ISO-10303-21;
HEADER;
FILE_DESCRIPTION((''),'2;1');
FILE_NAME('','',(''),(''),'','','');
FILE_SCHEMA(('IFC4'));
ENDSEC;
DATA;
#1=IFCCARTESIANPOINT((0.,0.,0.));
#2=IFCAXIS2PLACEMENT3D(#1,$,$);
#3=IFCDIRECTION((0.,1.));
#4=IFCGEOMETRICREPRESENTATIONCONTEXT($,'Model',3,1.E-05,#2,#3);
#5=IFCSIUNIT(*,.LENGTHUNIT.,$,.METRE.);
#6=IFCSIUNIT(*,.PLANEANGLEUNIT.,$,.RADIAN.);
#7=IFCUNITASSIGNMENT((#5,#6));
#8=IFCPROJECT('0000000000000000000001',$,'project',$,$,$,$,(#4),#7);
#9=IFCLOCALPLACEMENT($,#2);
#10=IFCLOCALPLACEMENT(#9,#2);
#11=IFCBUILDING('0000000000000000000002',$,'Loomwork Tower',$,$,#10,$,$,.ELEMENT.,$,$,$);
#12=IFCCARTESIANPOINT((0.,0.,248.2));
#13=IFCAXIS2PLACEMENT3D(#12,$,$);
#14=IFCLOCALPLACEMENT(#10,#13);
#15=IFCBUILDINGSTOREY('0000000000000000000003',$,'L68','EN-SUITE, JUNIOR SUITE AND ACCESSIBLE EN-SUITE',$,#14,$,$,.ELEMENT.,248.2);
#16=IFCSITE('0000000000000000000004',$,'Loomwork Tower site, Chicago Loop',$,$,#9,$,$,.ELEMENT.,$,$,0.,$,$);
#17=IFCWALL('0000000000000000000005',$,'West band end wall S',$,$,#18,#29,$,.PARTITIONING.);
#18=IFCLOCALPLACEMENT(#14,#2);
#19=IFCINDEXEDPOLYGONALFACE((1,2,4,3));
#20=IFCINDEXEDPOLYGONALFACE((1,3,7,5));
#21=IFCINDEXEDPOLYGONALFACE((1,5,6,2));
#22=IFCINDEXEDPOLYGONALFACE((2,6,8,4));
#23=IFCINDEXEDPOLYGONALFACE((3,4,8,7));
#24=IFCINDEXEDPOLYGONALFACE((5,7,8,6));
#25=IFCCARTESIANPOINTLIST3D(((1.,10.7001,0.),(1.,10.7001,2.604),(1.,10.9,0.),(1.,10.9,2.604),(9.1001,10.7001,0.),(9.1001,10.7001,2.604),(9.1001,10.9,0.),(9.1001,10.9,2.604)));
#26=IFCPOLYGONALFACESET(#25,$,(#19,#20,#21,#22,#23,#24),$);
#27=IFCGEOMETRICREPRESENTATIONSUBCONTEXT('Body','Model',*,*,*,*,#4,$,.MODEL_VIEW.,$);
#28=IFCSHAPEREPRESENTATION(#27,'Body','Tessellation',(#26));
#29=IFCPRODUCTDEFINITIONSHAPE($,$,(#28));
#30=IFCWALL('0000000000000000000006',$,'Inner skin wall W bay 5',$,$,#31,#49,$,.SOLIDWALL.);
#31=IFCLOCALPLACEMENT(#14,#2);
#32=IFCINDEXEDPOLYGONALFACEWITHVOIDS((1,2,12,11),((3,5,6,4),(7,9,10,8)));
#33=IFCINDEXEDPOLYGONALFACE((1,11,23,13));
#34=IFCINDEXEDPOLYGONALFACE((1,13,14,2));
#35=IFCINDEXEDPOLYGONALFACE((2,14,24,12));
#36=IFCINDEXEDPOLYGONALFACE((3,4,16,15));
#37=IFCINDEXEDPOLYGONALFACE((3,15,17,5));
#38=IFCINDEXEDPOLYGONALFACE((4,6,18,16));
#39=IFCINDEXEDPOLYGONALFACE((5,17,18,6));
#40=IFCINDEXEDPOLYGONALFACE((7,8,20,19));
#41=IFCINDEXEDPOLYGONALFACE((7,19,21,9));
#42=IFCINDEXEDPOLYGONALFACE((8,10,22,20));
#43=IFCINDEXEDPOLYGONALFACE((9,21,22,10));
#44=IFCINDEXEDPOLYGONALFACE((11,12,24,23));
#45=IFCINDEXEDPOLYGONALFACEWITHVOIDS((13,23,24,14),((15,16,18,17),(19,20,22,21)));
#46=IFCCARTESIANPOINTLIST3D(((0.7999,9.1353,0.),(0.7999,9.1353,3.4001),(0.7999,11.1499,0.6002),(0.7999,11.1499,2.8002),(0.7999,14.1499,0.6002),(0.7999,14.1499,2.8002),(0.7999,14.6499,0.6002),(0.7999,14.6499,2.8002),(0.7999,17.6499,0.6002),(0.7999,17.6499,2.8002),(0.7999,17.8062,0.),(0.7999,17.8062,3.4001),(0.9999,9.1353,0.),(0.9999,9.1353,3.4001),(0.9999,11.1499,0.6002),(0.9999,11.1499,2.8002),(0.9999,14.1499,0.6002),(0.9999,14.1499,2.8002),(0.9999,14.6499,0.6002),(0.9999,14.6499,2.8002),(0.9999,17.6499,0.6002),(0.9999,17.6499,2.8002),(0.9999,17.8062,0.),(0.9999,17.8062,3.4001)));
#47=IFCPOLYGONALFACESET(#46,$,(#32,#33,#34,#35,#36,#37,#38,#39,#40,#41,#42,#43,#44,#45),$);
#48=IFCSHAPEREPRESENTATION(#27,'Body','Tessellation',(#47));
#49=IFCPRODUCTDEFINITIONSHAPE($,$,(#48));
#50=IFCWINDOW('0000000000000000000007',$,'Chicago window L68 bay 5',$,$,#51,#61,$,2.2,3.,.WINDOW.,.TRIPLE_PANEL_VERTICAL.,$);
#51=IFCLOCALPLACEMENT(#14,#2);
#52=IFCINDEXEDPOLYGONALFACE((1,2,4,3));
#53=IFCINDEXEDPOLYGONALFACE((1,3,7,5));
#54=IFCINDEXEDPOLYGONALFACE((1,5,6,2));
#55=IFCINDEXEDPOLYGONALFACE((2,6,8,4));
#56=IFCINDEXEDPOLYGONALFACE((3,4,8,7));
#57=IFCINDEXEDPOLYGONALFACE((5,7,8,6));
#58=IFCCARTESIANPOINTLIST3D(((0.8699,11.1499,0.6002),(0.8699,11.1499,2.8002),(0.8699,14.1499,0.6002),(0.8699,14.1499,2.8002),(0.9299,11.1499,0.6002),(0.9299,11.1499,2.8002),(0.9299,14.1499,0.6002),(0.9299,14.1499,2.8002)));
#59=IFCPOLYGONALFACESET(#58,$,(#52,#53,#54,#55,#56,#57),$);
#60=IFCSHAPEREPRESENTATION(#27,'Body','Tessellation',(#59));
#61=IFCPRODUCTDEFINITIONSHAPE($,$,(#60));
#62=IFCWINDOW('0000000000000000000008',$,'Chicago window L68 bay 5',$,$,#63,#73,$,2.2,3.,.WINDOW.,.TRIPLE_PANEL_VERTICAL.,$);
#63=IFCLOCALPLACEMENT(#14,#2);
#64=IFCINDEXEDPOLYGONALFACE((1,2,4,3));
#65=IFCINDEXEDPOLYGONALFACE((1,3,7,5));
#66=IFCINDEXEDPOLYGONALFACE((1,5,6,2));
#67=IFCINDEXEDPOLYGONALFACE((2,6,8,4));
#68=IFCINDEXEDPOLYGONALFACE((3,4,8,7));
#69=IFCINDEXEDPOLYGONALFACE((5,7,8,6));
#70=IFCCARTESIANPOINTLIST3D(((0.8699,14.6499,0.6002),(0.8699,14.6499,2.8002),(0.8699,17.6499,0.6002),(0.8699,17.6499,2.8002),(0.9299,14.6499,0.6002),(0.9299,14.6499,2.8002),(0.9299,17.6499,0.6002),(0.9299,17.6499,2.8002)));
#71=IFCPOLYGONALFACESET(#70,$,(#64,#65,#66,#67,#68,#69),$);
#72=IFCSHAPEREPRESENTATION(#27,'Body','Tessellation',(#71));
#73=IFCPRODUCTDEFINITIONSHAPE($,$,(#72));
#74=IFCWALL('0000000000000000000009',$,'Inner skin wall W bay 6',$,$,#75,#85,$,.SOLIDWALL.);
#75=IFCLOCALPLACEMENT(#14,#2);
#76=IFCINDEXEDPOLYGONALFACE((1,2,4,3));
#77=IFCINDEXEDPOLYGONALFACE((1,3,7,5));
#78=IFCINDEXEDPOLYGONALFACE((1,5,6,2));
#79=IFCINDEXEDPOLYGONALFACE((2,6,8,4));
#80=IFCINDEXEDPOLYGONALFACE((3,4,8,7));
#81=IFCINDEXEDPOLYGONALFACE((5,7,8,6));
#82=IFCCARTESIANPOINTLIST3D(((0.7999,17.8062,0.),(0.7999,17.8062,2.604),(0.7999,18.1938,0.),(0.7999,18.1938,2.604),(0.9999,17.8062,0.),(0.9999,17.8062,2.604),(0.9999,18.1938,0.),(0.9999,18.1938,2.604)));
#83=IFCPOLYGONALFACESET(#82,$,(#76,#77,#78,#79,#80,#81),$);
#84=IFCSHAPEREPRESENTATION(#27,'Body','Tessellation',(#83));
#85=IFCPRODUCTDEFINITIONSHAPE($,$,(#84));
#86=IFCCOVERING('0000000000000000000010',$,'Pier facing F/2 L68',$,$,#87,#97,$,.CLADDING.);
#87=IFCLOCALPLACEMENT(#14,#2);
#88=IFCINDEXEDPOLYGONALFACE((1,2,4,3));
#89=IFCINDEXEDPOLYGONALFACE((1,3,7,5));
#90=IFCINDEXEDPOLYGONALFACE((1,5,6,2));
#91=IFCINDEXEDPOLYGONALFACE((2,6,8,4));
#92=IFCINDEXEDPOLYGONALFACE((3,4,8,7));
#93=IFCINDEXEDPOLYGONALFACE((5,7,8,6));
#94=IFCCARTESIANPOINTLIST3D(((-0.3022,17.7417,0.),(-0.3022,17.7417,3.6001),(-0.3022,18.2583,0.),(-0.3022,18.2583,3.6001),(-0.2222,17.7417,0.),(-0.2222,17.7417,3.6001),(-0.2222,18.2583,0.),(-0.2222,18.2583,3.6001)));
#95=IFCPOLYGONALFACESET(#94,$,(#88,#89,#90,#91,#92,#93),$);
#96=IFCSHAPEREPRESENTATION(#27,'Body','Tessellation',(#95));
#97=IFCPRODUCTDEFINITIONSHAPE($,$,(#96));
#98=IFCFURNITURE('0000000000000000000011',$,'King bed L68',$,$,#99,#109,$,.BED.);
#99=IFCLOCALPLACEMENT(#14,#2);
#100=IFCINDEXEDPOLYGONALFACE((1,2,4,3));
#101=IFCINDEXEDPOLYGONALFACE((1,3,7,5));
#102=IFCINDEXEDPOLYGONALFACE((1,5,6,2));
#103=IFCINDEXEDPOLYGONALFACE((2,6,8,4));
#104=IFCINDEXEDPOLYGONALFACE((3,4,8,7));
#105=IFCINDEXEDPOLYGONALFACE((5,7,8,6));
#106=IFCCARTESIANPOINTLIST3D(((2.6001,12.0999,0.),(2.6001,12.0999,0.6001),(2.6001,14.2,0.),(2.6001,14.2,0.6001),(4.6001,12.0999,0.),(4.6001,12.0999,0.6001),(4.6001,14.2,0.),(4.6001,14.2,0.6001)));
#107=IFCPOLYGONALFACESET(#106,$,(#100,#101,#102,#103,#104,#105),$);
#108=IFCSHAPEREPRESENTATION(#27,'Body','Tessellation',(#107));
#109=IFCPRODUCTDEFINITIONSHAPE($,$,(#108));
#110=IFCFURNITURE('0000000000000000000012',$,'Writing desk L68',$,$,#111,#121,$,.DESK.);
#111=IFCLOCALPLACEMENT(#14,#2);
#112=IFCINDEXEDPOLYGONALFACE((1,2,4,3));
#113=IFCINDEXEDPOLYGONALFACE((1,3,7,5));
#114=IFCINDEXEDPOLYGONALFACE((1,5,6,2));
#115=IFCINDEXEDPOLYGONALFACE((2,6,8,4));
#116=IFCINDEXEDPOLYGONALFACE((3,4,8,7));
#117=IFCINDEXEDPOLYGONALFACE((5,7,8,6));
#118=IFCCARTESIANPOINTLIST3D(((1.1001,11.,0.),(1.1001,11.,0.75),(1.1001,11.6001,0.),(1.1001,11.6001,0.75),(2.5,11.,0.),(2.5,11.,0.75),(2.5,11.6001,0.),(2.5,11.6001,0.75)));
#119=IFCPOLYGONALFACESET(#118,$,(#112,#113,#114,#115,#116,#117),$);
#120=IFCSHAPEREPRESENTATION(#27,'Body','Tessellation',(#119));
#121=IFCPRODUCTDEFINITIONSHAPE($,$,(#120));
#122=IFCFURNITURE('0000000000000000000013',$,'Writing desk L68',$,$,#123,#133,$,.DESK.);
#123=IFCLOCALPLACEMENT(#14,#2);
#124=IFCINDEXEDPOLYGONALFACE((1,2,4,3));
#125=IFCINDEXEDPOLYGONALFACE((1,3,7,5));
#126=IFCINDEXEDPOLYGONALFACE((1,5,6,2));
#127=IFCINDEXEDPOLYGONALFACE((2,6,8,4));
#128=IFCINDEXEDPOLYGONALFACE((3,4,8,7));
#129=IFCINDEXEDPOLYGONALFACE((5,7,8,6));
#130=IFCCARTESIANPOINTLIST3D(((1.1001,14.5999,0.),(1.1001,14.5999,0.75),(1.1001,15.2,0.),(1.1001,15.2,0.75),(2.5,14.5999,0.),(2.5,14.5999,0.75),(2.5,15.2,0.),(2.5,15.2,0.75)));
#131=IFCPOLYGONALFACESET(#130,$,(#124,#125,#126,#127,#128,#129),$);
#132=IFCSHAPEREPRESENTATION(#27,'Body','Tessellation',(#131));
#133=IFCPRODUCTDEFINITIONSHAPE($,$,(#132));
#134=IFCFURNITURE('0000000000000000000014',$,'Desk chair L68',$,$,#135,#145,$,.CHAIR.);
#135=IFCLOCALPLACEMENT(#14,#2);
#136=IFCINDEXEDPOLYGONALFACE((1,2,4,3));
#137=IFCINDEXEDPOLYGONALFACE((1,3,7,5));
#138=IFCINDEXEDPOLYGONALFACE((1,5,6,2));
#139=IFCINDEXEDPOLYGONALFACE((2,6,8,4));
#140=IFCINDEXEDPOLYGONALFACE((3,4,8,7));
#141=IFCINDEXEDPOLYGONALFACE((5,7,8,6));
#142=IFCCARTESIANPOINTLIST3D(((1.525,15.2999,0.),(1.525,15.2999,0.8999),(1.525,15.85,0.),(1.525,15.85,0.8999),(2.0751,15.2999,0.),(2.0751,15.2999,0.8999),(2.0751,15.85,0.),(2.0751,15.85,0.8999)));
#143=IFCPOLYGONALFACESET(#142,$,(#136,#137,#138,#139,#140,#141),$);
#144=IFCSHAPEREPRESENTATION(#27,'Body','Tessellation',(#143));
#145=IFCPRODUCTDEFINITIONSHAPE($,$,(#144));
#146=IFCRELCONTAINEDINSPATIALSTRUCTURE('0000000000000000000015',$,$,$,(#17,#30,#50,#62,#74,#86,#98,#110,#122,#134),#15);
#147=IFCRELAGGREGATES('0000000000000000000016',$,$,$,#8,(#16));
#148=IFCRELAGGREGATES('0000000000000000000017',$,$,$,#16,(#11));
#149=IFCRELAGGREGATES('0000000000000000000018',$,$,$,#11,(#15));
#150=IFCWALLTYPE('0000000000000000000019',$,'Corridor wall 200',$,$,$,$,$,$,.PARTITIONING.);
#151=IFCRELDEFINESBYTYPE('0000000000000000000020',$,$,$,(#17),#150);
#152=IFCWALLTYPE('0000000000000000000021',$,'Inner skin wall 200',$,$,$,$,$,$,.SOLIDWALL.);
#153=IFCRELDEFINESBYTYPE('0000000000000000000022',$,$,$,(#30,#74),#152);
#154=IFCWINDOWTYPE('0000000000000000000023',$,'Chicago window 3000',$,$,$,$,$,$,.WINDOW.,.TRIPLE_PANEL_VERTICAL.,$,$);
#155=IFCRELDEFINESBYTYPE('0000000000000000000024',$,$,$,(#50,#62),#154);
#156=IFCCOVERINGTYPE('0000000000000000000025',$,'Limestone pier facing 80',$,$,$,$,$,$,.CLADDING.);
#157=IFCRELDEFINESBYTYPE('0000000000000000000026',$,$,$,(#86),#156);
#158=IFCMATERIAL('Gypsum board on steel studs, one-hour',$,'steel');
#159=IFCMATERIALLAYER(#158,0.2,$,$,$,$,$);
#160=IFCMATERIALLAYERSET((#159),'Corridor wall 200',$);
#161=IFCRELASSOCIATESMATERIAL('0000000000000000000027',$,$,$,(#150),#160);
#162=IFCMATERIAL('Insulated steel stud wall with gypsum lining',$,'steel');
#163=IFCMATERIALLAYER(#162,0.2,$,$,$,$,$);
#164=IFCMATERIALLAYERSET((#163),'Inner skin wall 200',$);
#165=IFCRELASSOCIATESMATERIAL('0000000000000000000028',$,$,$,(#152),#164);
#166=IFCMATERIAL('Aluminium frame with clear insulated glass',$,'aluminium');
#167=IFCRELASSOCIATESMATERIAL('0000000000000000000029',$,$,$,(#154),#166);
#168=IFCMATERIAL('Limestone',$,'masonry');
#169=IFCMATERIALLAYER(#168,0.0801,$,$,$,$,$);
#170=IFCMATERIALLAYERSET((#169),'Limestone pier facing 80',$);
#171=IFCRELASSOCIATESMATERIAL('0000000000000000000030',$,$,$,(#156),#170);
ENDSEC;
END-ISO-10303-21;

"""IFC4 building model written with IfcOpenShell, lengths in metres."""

from ifc_helpers import new_model, si_unit, direction, frame, frame_2d, origin, origin_2d, place, context, subcontext, project, spatial, rectangle, extrude, material, layer, layer_set, type_object, element, fill, save


model = new_model("IFC4")

# Units and contexts
model_context = context("Model", 3, precision=1e-05, world=origin(), true_north=direction((0.0, 1.0)))
body_context = subcontext(model_context, "Body", "Model", "MODEL_VIEW")
ifc_project = project(units=[si_unit("LENGTHUNIT", "METRE"), si_unit("PLANEANGLEUNIT", "RADIAN")], contexts=[model_context])

# Site, building, storey
site_placement = place(None, origin())
site = spatial("IfcSite", under=ifc_project, at=site_placement, Name="Loomwork Tower site, Chicago Loop", CompositionType="ELEMENT", RefElevation=0.0)
building_placement = place(site_placement, origin())
building = spatial("IfcBuilding", under=site, at=building_placement, Name="Loomwork Tower", CompositionType="ELEMENT")
storey_placement = place(building_placement, frame((0.0, 0.0, 248.2)))
storey = spatial("IfcBuildingStorey", under=building, at=storey_placement, Name="L68", Description="EN-SUITE, JUNIOR SUITE AND ACCESSIBLE EN-SUITE", CompositionType="ELEMENT", Elevation=248.2)

# Wall
ifc_material_1 = material(Name="Gypsum board on steel studs, one-hour", Category="steel")
ifc_layer_1 = layer(ifc_material_1, 0.2)
ifc_layer_set_1 = layer_set([ifc_layer_1], Name="Corridor wall 200")
wall_type_1 = type_object("IfcWallType", Name="Corridor wall 200", PredefinedType="PARTITIONING", material=ifc_layer_set_1)
wall_1_placement = place(storey_placement, frame((1.0, 10.8, 0.0), z_axis=(0.0, 0.0, 1.0), x_axis=(1.0, 0.0, 0.0)))
element("IfcWall", 1, at=wall_1_placement, inside=storey, type_object=wall_type_1, Name="West band end wall S", PredefinedType="PARTITIONING", context=body_context, shape_type="SweptSolid", body=[
    extrude(rectangle(XDim=8.1001, YDim=0.2, at=frame_2d((4.05, 0.0))), origin(), (0.0, 0.0, 1.0), 2.604),
])

# Wall, openings, windows
ifc_material_2 = material(Name="Insulated steel stud wall with gypsum lining", Category="steel")
ifc_layer_2 = layer(ifc_material_2, 0.2)
ifc_layer_set_2 = layer_set([ifc_layer_2], Name="Inner skin wall 200")
wall_type_2 = type_object("IfcWallType", Name="Inner skin wall 200", PredefinedType="SOLIDWALL", material=ifc_layer_set_2)
wall_2_placement = place(storey_placement, frame((0.8999, 9.1353, 0.0), z_axis=(0.0, 0.0, 1.0), x_axis=(0.0, 1.0, 0.0)))
wall_2 = element("IfcWall", 2, at=wall_2_placement, inside=storey, type_object=wall_type_2, Name="Inner skin wall W bay 5", PredefinedType="SOLIDWALL", context=body_context, shape_type="SweptSolid", body=[
    extrude(rectangle(XDim=8.6709, YDim=0.2, at=frame_2d((4.3354, 0.0))), origin(), (0.0, 0.0, 1.0), 3.4001),
])
opening_1_placement = place(wall_2_placement, frame((2.0146, 0.0, 0.6001)))
opening_1 = element("IfcOpeningElement", 3, at=opening_1_placement, cuts=wall_2, PredefinedType="OPENING", context=body_context, shape_type="SweptSolid", body=[
    extrude(rectangle(XDim=3.0, YDim=2.2, at=frame_2d((1.5, 1.1001))), frame((0.0, 0.1099, 0.0), z_axis=(0.0, -1.0, 0.0), x_axis=(1.0, 0.0, 0.0)), (0.0, 0.0, 1.0), 0.22),
])
opening_2_placement = place(wall_2_placement, frame((5.5146, 0.0, 0.6001)))
opening_2 = element("IfcOpeningElement", 4, at=opening_2_placement, cuts=wall_2, PredefinedType="OPENING", context=body_context, shape_type="SweptSolid", body=[
    extrude(rectangle(XDim=3.0, YDim=2.2, at=frame_2d((1.5, 1.1001))), frame((0.0, 0.1099, 0.0), z_axis=(0.0, -1.0, 0.0), x_axis=(1.0, 0.0, 0.0)), (0.0, 0.0, 1.0), 0.22),
])
ifc_material_3 = material(Name="Aluminium frame with clear insulated glass", Category="aluminium")
window_type = type_object("IfcWindowType", Name="Chicago window 3000", PartitioningType="TRIPLE_PANEL_VERTICAL", PredefinedType="WINDOW", material=ifc_material_3)
window_1_placement = place(opening_1_placement, origin())
window_1 = element("IfcWindow", 5, at=window_1_placement, inside=storey, type_object=window_type, Name="Chicago window L68 bay 5", OverallHeight=2.2, OverallWidth=3.0, PartitioningType="TRIPLE_PANEL_VERTICAL", PredefinedType="WINDOW", context=body_context, shape_type="SweptSolid", body=[
    extrude(rectangle(XDim=3.0, YDim=2.2, at=frame_2d((1.5, 1.1001))), frame((0.0, 0.03, 0.0), z_axis=(0.0, -1.0, 0.0), x_axis=(1.0, 0.0, 0.0)), (0.0, 0.0, 1.0), 0.0601),
])
fill(opening_1, window_1)
window_2_placement = place(opening_2_placement, origin())
window_2 = element("IfcWindow", 6, at=window_2_placement, inside=storey, type_object=window_type, Name="Chicago window L68 bay 5", OverallHeight=2.2, OverallWidth=3.0, PartitioningType="TRIPLE_PANEL_VERTICAL", PredefinedType="WINDOW", context=body_context, shape_type="SweptSolid", body=[
    extrude(rectangle(XDim=3.0, YDim=2.2, at=frame_2d((1.5, 1.1001))), frame((0.0, 0.03, 0.0), z_axis=(0.0, -1.0, 0.0), x_axis=(1.0, 0.0, 0.0)), (0.0, 0.0, 1.0), 0.0601),
])
fill(opening_2, window_2)

# Wall
wall_3_placement = place(storey_placement, frame((0.8999, 17.8062, 0.0), z_axis=(0.0, 0.0, 1.0), x_axis=(0.0, 1.0, 0.0)))
element("IfcWall", 7, at=wall_3_placement, inside=storey, type_object=wall_type_2, Name="Inner skin wall W bay 6", PredefinedType="SOLIDWALL", context=body_context, shape_type="SweptSolid", body=[
    extrude(rectangle(XDim=0.3877, YDim=0.2, at=frame_2d((0.1938, 0.0))), origin(), (0.0, 0.0, 1.0), 2.604),
])

# Covering
ifc_material_4 = material(Name="Limestone", Category="masonry")
ifc_layer_3 = layer(ifc_material_4, 0.0801)
ifc_layer_set_3 = layer_set([ifc_layer_3], Name="Limestone pier facing 80")
covering_type = type_object("IfcCoveringType", Name="Limestone pier facing 80", PredefinedType="CLADDING", material=ifc_layer_set_3)
covering_placement = place(storey_placement, frame((-0.2622, 18.0, 0.0), z_axis=(0.0, 0.0, 1.0), x_axis=(1.0, 0.0, 0.0)))
element("IfcCovering", 8, at=covering_placement, inside=storey, type_object=covering_type, Name="Pier facing F/2 L68", PredefinedType="CLADDING", context=body_context, shape_type="SweptSolid", body=[
    extrude(rectangle(XDim=0.0801, YDim=0.5166, at=origin_2d()), origin(), (0.0, 0.0, 1.0), 3.6001),
])

# Furniture
furniture_1_placement = place(storey_placement, frame((3.6001, 13.1499, 0.0), z_axis=(0.0, 0.0, 1.0), x_axis=(1.0, 0.0, 0.0)))
element("IfcFurniture", 9, at=furniture_1_placement, inside=storey, Name="King bed L68", PredefinedType="BED", context=body_context, shape_type="SweptSolid", body=[
    extrude(rectangle(XDim=2.0, YDim=2.1001, at=origin_2d()), origin(), (0.0, 0.0, 1.0), 0.6001),
])
for number, where, z_axis, x_axis, name in (
    (10, (1.8, 11.3, 0.0), (0.0, 0.0, 1.0), (1.0, 0.0, 0.0), "Writing desk L68"),
    (11, (1.8, 14.8999, 0.0), (0.0, 0.0, 1.0), (1.0, 0.0, 0.0), "Writing desk L68"),
):
    element("IfcFurniture", number, at=place(storey_placement, frame(where, z_axis=z_axis, x_axis=x_axis)), inside=storey, Name=name, PredefinedType="DESK", context=body_context, shape_type="SweptSolid", body=[
        extrude(rectangle(XDim=1.3999, YDim=0.6001, at=origin_2d()), origin(), (0.0, 0.0, 1.0), 0.75),
    ])
furniture_2_placement = place(storey_placement, frame((1.8, 15.575, 0.0), z_axis=(0.0, 0.0, 1.0), x_axis=(1.0, 0.0, 0.0)))
element("IfcFurniture", 12, at=furniture_2_placement, inside=storey, Name="Desk chair L68", PredefinedType="CHAIR", context=body_context, shape_type="SweptSolid", body=[
    extrude(rectangle(XDim=0.55, YDim=0.55, at=origin_2d()), origin(), (0.0, 0.0, 1.0), 0.8999),
])

save(model, "model.ifc")
